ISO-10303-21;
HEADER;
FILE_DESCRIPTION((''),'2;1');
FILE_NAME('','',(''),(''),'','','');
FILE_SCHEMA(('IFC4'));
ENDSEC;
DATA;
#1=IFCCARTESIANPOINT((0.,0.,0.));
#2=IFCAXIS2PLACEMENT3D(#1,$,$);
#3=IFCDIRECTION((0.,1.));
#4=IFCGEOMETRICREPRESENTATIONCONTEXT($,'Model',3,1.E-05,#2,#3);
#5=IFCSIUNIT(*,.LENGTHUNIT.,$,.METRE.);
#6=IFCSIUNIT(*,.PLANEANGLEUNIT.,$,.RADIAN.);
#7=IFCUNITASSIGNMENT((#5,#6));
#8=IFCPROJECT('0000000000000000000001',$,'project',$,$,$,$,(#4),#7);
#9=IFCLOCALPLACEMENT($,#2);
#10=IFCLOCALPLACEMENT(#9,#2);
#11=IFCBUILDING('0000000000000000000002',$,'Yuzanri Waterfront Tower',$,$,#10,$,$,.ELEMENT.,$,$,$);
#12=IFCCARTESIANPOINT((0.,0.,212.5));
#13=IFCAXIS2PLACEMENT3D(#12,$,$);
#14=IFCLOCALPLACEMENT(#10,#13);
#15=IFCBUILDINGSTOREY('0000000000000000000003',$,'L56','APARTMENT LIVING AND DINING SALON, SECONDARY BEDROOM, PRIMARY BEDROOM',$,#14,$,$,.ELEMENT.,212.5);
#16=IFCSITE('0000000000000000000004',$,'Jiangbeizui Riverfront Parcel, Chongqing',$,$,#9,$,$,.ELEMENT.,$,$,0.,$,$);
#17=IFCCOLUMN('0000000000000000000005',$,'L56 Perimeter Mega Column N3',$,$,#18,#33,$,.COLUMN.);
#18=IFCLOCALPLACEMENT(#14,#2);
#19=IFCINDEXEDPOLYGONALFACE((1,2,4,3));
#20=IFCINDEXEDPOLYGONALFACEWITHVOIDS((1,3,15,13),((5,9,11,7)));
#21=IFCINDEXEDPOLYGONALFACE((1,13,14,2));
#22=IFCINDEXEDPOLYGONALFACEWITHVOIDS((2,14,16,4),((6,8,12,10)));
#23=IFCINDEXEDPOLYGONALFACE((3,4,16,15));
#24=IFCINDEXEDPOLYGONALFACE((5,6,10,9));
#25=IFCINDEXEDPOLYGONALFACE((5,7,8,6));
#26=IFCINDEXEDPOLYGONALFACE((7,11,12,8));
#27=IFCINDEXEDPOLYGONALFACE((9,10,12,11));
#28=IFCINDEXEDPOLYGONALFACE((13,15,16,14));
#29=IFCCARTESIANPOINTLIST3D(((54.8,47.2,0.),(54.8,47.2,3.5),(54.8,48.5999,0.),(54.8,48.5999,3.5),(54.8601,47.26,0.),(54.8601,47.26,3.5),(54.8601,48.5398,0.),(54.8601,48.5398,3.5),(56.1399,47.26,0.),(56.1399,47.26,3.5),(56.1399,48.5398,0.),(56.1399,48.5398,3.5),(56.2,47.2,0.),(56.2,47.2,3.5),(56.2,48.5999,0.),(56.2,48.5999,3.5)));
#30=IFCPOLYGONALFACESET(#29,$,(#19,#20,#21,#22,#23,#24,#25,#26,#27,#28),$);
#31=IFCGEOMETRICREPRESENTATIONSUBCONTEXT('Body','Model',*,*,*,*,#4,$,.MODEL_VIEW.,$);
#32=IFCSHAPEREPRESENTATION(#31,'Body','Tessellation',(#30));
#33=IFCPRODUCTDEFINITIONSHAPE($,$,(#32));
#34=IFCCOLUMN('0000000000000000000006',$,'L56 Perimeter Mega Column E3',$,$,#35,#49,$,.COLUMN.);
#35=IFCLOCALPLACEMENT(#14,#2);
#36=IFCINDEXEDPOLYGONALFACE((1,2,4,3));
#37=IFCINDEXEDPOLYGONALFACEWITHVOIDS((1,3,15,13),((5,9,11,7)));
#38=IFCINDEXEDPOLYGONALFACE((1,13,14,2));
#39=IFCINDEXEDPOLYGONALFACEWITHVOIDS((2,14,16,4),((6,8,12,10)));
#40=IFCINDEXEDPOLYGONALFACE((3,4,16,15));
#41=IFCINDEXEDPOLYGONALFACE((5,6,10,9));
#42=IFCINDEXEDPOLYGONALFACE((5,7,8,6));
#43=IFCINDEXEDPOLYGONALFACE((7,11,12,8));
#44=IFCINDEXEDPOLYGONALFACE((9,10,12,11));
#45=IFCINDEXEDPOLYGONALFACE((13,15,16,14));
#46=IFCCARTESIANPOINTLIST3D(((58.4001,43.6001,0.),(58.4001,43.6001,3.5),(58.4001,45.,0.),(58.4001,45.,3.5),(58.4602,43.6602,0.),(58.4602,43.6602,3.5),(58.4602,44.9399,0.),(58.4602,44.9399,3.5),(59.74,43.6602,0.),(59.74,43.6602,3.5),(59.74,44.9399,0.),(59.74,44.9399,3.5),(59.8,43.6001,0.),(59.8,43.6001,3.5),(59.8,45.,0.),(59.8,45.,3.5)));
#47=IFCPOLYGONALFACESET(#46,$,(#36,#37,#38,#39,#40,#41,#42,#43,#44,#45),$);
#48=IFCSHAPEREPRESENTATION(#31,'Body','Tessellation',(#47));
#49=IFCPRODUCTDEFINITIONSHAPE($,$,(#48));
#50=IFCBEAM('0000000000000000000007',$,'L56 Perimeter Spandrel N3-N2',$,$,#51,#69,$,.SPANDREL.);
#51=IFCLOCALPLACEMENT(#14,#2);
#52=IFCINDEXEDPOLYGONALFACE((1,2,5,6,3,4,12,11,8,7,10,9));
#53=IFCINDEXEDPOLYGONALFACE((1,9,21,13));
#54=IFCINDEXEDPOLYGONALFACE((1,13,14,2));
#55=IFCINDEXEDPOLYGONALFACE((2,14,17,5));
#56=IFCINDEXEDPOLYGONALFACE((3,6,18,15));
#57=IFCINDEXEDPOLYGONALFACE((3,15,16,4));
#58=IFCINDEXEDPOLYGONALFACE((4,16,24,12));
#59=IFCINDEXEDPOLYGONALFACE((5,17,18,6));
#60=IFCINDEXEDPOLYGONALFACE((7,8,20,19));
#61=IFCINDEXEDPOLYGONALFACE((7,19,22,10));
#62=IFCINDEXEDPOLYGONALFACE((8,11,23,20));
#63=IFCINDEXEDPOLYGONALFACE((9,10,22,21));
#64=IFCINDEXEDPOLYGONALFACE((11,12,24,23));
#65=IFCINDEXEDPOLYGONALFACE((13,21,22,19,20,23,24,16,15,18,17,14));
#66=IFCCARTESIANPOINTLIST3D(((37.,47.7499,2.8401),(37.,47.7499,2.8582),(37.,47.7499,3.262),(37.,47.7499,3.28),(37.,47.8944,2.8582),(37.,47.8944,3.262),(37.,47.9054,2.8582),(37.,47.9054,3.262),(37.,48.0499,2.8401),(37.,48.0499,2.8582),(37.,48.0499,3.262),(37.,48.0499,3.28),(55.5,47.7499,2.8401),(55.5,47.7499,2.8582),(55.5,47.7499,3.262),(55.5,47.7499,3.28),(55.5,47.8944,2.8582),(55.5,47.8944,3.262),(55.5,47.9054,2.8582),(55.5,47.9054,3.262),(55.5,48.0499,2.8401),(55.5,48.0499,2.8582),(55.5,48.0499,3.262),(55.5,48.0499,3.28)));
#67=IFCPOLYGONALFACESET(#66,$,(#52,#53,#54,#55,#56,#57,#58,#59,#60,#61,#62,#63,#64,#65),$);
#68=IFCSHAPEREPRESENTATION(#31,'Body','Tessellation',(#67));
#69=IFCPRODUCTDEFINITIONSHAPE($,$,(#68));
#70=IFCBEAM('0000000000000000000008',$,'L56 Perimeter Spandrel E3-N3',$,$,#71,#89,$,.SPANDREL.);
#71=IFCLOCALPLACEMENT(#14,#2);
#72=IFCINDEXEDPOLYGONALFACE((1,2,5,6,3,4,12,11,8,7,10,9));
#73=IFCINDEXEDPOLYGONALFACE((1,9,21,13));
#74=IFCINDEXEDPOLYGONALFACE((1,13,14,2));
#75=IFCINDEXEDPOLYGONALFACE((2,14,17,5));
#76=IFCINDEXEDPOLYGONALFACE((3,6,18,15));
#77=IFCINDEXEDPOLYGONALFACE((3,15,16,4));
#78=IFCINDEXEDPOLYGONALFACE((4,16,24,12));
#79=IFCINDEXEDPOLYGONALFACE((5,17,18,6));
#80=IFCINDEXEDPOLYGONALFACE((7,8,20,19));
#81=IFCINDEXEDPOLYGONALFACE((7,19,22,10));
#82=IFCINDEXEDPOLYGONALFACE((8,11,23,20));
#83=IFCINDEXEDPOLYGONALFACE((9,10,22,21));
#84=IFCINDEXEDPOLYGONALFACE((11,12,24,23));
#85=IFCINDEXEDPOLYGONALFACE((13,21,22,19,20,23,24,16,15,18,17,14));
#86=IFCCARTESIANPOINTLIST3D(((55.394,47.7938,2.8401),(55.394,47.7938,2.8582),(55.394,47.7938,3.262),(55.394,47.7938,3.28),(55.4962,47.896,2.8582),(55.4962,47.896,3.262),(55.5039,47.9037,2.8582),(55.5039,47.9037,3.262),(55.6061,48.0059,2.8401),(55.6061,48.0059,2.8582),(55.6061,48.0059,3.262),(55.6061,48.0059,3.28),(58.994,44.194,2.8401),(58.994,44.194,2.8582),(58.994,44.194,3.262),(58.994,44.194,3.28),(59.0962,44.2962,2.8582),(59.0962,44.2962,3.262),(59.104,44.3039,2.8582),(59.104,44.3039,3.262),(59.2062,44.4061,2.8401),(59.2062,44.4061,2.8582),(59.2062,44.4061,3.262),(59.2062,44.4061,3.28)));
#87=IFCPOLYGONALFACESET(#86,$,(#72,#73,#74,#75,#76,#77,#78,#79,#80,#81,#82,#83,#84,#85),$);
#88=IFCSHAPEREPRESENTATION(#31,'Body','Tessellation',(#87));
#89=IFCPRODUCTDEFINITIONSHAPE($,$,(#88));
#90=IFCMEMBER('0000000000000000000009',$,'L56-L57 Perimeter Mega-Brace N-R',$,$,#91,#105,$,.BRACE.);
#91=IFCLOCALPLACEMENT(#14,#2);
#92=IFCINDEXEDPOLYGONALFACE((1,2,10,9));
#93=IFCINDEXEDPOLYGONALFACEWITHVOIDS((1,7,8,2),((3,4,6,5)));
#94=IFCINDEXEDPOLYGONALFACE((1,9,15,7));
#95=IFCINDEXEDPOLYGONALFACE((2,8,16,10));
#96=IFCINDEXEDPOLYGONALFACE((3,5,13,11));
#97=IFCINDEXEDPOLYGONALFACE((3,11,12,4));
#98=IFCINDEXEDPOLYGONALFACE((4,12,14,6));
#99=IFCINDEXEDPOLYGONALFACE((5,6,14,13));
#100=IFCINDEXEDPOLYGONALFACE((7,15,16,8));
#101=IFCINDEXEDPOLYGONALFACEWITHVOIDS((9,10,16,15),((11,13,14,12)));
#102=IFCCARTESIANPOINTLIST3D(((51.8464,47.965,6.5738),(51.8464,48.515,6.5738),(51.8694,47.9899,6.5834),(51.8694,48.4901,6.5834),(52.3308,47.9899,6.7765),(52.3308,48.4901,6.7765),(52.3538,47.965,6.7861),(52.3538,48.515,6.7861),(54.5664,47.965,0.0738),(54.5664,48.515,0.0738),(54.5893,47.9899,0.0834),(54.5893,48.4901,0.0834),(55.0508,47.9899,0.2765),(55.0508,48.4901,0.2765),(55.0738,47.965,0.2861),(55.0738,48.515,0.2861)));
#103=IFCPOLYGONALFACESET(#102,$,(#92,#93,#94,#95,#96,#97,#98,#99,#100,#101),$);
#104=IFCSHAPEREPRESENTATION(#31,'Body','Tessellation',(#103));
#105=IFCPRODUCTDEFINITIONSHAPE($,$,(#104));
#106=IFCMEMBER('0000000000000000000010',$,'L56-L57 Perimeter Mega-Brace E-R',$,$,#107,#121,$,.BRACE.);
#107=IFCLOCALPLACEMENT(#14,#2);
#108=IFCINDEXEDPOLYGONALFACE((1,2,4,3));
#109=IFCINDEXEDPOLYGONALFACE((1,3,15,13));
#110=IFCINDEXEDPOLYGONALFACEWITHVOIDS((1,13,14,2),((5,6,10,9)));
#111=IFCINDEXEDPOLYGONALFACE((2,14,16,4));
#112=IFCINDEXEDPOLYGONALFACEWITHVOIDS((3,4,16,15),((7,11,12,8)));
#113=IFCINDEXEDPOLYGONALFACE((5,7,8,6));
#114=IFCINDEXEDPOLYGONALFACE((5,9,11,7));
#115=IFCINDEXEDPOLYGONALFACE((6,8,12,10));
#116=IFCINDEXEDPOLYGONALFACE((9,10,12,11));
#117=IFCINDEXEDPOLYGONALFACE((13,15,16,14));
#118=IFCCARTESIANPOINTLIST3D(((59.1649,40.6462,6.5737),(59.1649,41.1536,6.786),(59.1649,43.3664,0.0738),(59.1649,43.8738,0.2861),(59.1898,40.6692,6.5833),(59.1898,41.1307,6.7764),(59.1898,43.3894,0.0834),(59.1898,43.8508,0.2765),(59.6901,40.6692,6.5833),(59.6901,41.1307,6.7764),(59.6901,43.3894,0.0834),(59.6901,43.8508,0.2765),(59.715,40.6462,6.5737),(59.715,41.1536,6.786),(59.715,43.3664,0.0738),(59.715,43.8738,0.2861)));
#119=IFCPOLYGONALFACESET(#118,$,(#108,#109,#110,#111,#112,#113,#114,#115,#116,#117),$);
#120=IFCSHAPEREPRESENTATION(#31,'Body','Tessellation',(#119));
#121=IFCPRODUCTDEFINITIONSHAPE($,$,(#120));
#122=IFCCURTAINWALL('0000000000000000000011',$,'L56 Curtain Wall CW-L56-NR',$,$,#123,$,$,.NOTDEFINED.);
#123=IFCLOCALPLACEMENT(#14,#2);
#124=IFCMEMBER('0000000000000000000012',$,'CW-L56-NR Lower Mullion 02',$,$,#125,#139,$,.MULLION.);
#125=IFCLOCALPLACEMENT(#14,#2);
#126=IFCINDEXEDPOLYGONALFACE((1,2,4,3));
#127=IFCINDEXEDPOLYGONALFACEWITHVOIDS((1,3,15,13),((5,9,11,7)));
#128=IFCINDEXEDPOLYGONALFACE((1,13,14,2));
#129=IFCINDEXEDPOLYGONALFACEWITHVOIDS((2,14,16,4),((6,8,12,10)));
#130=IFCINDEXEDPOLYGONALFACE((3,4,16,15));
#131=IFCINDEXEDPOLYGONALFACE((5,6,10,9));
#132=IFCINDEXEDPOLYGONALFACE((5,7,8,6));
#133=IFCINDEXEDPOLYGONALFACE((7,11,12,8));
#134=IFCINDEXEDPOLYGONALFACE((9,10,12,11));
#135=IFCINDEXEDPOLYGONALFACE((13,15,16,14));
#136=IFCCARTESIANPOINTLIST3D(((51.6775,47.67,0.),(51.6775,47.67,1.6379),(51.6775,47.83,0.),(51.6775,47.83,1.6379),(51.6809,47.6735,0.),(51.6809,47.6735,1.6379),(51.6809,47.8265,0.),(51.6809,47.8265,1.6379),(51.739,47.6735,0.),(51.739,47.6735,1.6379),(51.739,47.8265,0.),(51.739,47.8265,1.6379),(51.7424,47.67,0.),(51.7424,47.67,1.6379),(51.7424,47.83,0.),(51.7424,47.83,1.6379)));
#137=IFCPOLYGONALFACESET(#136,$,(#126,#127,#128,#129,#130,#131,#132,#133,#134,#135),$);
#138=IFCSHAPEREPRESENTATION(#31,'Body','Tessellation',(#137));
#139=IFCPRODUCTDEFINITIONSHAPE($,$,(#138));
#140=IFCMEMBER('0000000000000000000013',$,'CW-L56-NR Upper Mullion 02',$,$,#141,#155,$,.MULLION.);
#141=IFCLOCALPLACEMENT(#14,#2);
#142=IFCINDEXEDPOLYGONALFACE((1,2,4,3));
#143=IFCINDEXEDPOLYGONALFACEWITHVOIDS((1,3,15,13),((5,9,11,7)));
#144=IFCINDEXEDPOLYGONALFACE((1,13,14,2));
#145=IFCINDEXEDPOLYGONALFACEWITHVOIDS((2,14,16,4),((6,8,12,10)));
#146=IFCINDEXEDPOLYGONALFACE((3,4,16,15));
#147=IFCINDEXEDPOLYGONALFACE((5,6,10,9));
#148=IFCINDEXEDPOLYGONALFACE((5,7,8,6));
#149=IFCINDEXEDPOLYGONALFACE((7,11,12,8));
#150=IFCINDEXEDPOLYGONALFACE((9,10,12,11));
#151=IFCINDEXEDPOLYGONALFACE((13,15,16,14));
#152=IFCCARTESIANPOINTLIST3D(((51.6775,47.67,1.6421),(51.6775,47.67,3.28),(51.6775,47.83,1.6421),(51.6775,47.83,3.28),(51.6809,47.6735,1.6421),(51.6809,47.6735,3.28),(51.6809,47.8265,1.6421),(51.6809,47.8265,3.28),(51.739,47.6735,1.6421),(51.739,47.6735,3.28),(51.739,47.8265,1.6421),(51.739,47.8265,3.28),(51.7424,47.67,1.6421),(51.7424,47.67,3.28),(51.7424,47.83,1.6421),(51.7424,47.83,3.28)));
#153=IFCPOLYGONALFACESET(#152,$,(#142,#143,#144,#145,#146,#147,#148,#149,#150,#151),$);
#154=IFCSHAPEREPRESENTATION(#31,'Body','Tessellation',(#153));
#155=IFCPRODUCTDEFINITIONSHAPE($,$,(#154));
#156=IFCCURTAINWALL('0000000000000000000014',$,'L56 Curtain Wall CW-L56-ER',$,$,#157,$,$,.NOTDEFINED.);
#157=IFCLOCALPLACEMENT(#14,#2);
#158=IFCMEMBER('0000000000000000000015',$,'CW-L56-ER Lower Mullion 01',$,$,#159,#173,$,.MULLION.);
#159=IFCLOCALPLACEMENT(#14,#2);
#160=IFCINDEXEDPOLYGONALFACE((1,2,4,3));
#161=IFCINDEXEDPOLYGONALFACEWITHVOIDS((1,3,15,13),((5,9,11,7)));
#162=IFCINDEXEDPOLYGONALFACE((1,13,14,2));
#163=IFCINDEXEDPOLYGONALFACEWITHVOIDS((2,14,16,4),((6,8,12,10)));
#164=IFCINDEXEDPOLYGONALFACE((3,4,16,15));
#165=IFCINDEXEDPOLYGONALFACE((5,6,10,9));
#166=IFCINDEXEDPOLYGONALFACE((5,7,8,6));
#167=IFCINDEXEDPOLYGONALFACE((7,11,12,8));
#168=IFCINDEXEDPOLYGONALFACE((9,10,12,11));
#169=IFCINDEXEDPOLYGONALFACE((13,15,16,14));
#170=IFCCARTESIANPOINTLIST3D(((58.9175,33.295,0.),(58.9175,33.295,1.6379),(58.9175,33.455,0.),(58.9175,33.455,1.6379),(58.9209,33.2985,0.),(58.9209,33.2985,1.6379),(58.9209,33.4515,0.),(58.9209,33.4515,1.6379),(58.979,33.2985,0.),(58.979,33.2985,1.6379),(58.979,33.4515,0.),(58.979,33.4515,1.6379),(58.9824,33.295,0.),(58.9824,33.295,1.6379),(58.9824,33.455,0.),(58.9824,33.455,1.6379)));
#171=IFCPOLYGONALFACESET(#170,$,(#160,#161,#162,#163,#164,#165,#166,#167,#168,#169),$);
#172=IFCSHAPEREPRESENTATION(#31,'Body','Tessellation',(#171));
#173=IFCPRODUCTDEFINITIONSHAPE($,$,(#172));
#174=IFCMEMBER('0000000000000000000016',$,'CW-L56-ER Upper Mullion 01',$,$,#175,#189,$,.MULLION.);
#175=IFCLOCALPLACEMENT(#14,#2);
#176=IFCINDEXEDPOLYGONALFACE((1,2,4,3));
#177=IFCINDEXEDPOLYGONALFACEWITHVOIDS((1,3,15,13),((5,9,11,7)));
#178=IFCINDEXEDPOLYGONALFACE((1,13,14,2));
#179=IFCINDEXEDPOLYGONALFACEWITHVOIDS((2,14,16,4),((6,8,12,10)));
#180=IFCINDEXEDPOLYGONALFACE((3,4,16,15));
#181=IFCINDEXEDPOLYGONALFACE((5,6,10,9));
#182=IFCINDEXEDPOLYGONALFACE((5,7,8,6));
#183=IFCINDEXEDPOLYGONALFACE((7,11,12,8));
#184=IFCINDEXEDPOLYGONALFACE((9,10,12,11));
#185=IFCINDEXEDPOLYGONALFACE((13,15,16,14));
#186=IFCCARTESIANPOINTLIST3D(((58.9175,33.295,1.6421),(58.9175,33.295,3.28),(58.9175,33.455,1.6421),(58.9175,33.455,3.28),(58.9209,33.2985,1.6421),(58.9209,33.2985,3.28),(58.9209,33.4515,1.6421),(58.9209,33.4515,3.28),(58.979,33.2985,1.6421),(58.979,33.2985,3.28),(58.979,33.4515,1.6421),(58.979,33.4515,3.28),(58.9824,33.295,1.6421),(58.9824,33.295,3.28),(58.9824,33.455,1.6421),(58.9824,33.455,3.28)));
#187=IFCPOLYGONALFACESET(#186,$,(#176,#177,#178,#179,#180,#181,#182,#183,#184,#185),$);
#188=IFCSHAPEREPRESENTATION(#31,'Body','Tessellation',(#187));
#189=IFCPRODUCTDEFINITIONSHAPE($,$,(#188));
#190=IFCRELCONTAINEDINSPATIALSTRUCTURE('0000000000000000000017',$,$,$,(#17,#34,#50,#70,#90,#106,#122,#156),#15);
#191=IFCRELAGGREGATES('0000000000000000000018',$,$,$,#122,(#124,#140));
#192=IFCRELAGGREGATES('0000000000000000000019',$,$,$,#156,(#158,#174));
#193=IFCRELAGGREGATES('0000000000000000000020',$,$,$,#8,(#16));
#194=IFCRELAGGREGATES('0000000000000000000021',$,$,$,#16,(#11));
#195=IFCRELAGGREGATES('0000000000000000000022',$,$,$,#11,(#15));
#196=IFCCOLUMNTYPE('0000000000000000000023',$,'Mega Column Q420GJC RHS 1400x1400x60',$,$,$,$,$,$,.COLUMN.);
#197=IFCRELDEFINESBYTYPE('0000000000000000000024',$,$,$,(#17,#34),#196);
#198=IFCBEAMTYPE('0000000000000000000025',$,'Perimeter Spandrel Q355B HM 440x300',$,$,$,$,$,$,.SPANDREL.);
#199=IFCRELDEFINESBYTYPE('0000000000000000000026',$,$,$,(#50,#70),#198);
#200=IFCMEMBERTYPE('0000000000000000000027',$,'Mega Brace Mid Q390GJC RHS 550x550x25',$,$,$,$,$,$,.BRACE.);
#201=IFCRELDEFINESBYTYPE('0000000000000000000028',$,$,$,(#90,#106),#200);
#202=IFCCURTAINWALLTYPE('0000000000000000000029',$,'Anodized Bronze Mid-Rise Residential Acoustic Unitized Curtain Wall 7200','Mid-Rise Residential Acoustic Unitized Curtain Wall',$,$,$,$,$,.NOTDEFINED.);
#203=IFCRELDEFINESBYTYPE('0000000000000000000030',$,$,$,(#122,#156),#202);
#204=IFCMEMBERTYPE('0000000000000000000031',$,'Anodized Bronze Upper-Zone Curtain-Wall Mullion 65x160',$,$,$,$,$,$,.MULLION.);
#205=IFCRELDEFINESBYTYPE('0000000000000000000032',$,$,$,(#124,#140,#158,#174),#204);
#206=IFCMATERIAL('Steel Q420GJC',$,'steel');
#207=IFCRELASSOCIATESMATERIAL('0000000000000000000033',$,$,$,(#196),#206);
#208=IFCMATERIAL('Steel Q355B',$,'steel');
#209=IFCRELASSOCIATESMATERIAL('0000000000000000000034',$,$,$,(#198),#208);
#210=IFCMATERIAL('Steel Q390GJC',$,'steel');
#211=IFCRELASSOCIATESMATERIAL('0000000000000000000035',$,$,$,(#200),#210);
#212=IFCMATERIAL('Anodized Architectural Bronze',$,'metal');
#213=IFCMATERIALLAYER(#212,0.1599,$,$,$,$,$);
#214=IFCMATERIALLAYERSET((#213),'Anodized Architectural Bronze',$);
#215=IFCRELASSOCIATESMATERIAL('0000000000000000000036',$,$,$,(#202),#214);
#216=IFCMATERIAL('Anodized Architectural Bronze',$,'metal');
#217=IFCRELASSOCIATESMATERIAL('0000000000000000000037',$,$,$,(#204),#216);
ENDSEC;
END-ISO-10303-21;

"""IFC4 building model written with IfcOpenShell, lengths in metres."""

from ifc_helpers import new_model, si_unit, direction, frame, origin, origin_2d, place, context, subcontext, project, spatial, hollow_rectangle, i_section, extrude, source, transform, mapped, material, layer, layer_set, material_profile, profile_set, type_object, element, aggregate, save


model = new_model("IFC4")

# Units and contexts
model_context = context("Model", 3, precision=1e-05, world=origin(), true_north=direction((0.0, 1.0)))
body_context = subcontext(model_context, "Body", "Model", "MODEL_VIEW")
ifc_project = project(units=[si_unit("LENGTHUNIT", "METRE"), si_unit("PLANEANGLEUNIT", "RADIAN")], contexts=[model_context])

# Site, building, storey
site_placement = place(None, origin())
site = spatial("IfcSite", under=ifc_project, at=site_placement, Name="Jiangbeizui Riverfront Parcel, Chongqing", CompositionType="ELEMENT", RefElevation=0.0)
building_placement = place(site_placement, origin())
building = spatial("IfcBuilding", under=site, at=building_placement, Name="Yuzanri Waterfront Tower", CompositionType="ELEMENT")
storey_placement = place(building_placement, frame((0.0, 0.0, 212.5)))
storey = spatial("IfcBuildingStorey", under=building, at=storey_placement, Name="L56", Description="APARTMENT LIVING AND DINING SALON, SECONDARY BEDROOM, PRIMARY BEDROOM", CompositionType="ELEMENT", Elevation=212.5)

# Columns
ifc_material_1 = material(Name="Steel Q420GJC", Category="steel")
ifc_material_profile_1 = material_profile(ifc_material_1, hollow_rectangle(XDim=1.3999, YDim=1.3999, WallThickness=0.0601, at=origin_2d()), Name="RHS 1400x1400x60")
ifc_profile_set_1 = profile_set([ifc_material_profile_1], Name="Steel Q420GJC")
column_type = type_object("IfcColumnType", Name="Mega Column Q420GJC RHS 1400x1400x60", PredefinedType="COLUMN", material=ifc_profile_set_1)
shared_shape_1 = source(origin(), body_context, "Body", "SweptSolid", [
    extrude(hollow_rectangle(XDim=1.3999, YDim=1.3999, WallThickness=0.0601, at=origin_2d()), origin(), (0.0, 0.0, 1.0), 3.5),
])
for number, where, z_axis, x_axis, name in (
    (1, (55.5, 47.8999, 0.0), (0.0, 0.0, 1.0), (1.0, 0.0, 0.0), "L56 Perimeter Mega Column N3"),
    (2, (59.1001, 44.3, 0.0), (0.0, 0.0, 1.0), (1.0, 0.0, 0.0), "L56 Perimeter Mega Column E3"),
):
    element("IfcColumn", number, at=place(storey_placement, frame(where, z_axis=z_axis, x_axis=x_axis)), inside=storey, type_object=column_type, Name=name, PredefinedType="COLUMN", context=body_context, shape_type="MappedRepresentation", body=[
        mapped(shared_shape_1, transform((0.0, 0.0, 0.0), scale=1.0)),
    ])

# Beams
ifc_material_2 = material(Name="Steel Q355B", Category="steel")
ifc_material_profile_2 = material_profile(ifc_material_2, i_section(OverallWidth=0.3, OverallDepth=0.4399, WebThickness=0.011, FlangeThickness=0.0181, at=origin_2d()), Name="HM 440x300x11x18")
ifc_profile_set_2 = profile_set([ifc_material_profile_2], Name="Steel Q355B")
beam_type = type_object("IfcBeamType", Name="Perimeter Spandrel Q355B HM 440x300", PredefinedType="SPANDREL", material=ifc_profile_set_2)
shared_shape_2 = source(origin(), body_context, "Body", "SweptSolid", [
    extrude(i_section(OverallWidth=0.3, OverallDepth=0.4399, WebThickness=0.011, FlangeThickness=0.0181, at=origin_2d()), origin(), (0.0, 0.0, 1.0), 18.5),
])
beam_1_placement = place(storey_placement, frame((55.5, 47.8999, 3.0601), z_axis=(-1.0, 0.0, 0.0), x_axis=(0.0, -1.0, 0.0)))
element("IfcBeam", 3, at=beam_1_placement, inside=storey, type_object=beam_type, Name="L56 Perimeter Spandrel N3-N2", PredefinedType="SPANDREL", context=body_context, shape_type="MappedRepresentation", body=[
    mapped(shared_shape_2, transform((0.0, 0.0, 0.0), scale=1.0)),
])
shared_shape_3 = source(origin(), body_context, "Body", "SweptSolid", [
    extrude(i_section(OverallWidth=0.3, OverallDepth=0.4399, WebThickness=0.011, FlangeThickness=0.0181, at=origin_2d()), origin(), (0.0, 0.0, 1.0), 5.0911),
])
beam_2_placement = place(storey_placement, frame((59.1001, 44.3, 3.0601), z_axis=(-0.707131, 0.707083, 0.0), x_axis=(-0.707083, -0.707131, 0.0)))
element("IfcBeam", 4, at=beam_2_placement, inside=storey, type_object=beam_type, Name="L56 Perimeter Spandrel E3-N3", PredefinedType="SPANDREL", context=body_context, shape_type="MappedRepresentation", body=[
    mapped(shared_shape_3, transform((0.0, 0.0, 0.0), scale=1.0)),
])

# Members
ifc_material_3 = material(Name="Steel Q390GJC", Category="steel")
ifc_material_profile_3 = material_profile(ifc_material_3, hollow_rectangle(XDim=0.55, YDim=0.55, WallThickness=0.0249, at=origin_2d()), Name="RHS 550x550x25")
ifc_profile_set_3 = profile_set([ifc_material_profile_3], Name="Steel Q390GJC")
member_type_1 = type_object("IfcMemberType", Name="Mega Brace Mid Q390GJC RHS 550x550x25", PredefinedType="BRACE", material=ifc_profile_set_3)
shared_shape_4 = source(origin(), body_context, "Body", "SweptSolid", [
    extrude(hollow_rectangle(XDim=0.55, YDim=0.55, WallThickness=0.0249, at=origin_2d()), origin(), (0.0, 0.0, 1.0), 7.0461),
])
for number, where, z_axis, x_axis, name in (
    (5, (54.8201, 48.24, 0.1799), (-0.386022, 0.0, 0.922489), (0.0, -1.0, 0.0), "L56-L57 Perimeter Mega-Brace N-R"),
    (6, (59.4399, 43.6201, 0.1799), (0.0, -0.386052, 0.922477), (1.0, 0.0, 0.0), "L56-L57 Perimeter Mega-Brace E-R"),
):
    element("IfcMember", number, at=place(storey_placement, frame(where, z_axis=z_axis, x_axis=x_axis)), inside=storey, type_object=member_type_1, Name=name, PredefinedType="BRACE", context=body_context, shape_type="MappedRepresentation", body=[
        mapped(shared_shape_4, transform((0.0, 0.0, 0.0), scale=1.0)),
    ])

# Curtain walls, members
ifc_material_4 = material(Name="Anodized Architectural Bronze", Category="metal")
ifc_layer_1 = layer(ifc_material_4, 0.1599)
ifc_layer_set_1 = layer_set([ifc_layer_1], Name="Anodized Architectural Bronze")
curtain_wall_type = type_object("IfcCurtainWallType", Name="Anodized Bronze Mid-Rise Residential Acoustic Unitized Curtain Wall 7200", Description="Mid-Rise Residential Acoustic Unitized Curtain Wall", PredefinedType="NOTDEFINED", material=ifc_layer_set_1)
curtain_wall_1_placement = place(storey_placement, origin())
curtain_wall_1 = element("IfcCurtainWall", 7, at=curtain_wall_1_placement, inside=storey, type_object=curtain_wall_type, Name="L56 Curtain Wall CW-L56-NR", PredefinedType="NOTDEFINED")
ifc_material_5 = material(Name="Anodized Architectural Bronze", Category="metal")
ifc_material_profile_4 = material_profile(ifc_material_5, hollow_rectangle(XDim=0.0649, YDim=0.1599, WallThickness=0.0034, at=origin_2d()), Name="CWM 65x160")
ifc_profile_set_4 = profile_set([ifc_material_profile_4], Name="Anodized Architectural Bronze")
member_type_2 = type_object("IfcMemberType", Name="Anodized Bronze Upper-Zone Curtain-Wall Mullion 65x160", PredefinedType="MULLION", material=ifc_profile_set_4)
shared_shape_5 = source(origin(), body_context, "Body", "SweptSolid", [
    extrude(hollow_rectangle(XDim=0.0649, YDim=0.1599, WallThickness=0.0034, at=origin_2d()), origin(), (0.0, 0.0, 1.0), 1.6379),
])
member_1_placement = place(storey_placement, frame((51.71, 47.75, 0.0), z_axis=(0.0, 0.0, 1.0), x_axis=(1.0, 0.0, 0.0)))
member_1 = element("IfcMember", 8, at=member_1_placement, type_object=member_type_2, Name="CW-L56-NR Lower Mullion 02", PredefinedType="MULLION", context=body_context, shape_type="MappedRepresentation", body=[
    mapped(shared_shape_5, transform((0.0, 0.0, 0.0), scale=1.0)),
])
member_2_placement = place(storey_placement, frame((51.71, 47.75, 1.6421), z_axis=(0.0, 0.0, 1.0), x_axis=(1.0, 0.0, 0.0)))
member_2 = element("IfcMember", 9, at=member_2_placement, type_object=member_type_2, Name="CW-L56-NR Upper Mullion 02", PredefinedType="MULLION", context=body_context, shape_type="MappedRepresentation", body=[
    mapped(shared_shape_5, transform((0.0, 0.0, 0.0), scale=1.0)),
])
aggregate(curtain_wall_1, [member_1, member_2])
curtain_wall_2_placement = place(storey_placement, origin())
curtain_wall_2 = element("IfcCurtainWall", 10, at=curtain_wall_2_placement, inside=storey, type_object=curtain_wall_type, Name="L56 Curtain Wall CW-L56-ER", PredefinedType="NOTDEFINED")
member_3_placement = place(storey_placement, frame((58.95, 33.375, 0.0), z_axis=(0.0, 0.0, 1.0), x_axis=(1.0, 0.0, 0.0)))
member_3 = element("IfcMember", 11, at=member_3_placement, type_object=member_type_2, Name="CW-L56-ER Lower Mullion 01", PredefinedType="MULLION", context=body_context, shape_type="MappedRepresentation", body=[
    mapped(shared_shape_5, transform((0.0, 0.0, 0.0), scale=1.0)),
])
member_4_placement = place(storey_placement, frame((58.95, 33.375, 1.6421), z_axis=(0.0, 0.0, 1.0), x_axis=(1.0, 0.0, 0.0)))
member_4 = element("IfcMember", 12, at=member_4_placement, type_object=member_type_2, Name="CW-L56-ER Upper Mullion 01", PredefinedType="MULLION", context=body_context, shape_type="MappedRepresentation", body=[
    mapped(shared_shape_5, transform((0.0, 0.0, 0.0), scale=1.0)),
])

aggregate(curtain_wall_2, [member_3, member_4])

save(model, "model.ifc")
